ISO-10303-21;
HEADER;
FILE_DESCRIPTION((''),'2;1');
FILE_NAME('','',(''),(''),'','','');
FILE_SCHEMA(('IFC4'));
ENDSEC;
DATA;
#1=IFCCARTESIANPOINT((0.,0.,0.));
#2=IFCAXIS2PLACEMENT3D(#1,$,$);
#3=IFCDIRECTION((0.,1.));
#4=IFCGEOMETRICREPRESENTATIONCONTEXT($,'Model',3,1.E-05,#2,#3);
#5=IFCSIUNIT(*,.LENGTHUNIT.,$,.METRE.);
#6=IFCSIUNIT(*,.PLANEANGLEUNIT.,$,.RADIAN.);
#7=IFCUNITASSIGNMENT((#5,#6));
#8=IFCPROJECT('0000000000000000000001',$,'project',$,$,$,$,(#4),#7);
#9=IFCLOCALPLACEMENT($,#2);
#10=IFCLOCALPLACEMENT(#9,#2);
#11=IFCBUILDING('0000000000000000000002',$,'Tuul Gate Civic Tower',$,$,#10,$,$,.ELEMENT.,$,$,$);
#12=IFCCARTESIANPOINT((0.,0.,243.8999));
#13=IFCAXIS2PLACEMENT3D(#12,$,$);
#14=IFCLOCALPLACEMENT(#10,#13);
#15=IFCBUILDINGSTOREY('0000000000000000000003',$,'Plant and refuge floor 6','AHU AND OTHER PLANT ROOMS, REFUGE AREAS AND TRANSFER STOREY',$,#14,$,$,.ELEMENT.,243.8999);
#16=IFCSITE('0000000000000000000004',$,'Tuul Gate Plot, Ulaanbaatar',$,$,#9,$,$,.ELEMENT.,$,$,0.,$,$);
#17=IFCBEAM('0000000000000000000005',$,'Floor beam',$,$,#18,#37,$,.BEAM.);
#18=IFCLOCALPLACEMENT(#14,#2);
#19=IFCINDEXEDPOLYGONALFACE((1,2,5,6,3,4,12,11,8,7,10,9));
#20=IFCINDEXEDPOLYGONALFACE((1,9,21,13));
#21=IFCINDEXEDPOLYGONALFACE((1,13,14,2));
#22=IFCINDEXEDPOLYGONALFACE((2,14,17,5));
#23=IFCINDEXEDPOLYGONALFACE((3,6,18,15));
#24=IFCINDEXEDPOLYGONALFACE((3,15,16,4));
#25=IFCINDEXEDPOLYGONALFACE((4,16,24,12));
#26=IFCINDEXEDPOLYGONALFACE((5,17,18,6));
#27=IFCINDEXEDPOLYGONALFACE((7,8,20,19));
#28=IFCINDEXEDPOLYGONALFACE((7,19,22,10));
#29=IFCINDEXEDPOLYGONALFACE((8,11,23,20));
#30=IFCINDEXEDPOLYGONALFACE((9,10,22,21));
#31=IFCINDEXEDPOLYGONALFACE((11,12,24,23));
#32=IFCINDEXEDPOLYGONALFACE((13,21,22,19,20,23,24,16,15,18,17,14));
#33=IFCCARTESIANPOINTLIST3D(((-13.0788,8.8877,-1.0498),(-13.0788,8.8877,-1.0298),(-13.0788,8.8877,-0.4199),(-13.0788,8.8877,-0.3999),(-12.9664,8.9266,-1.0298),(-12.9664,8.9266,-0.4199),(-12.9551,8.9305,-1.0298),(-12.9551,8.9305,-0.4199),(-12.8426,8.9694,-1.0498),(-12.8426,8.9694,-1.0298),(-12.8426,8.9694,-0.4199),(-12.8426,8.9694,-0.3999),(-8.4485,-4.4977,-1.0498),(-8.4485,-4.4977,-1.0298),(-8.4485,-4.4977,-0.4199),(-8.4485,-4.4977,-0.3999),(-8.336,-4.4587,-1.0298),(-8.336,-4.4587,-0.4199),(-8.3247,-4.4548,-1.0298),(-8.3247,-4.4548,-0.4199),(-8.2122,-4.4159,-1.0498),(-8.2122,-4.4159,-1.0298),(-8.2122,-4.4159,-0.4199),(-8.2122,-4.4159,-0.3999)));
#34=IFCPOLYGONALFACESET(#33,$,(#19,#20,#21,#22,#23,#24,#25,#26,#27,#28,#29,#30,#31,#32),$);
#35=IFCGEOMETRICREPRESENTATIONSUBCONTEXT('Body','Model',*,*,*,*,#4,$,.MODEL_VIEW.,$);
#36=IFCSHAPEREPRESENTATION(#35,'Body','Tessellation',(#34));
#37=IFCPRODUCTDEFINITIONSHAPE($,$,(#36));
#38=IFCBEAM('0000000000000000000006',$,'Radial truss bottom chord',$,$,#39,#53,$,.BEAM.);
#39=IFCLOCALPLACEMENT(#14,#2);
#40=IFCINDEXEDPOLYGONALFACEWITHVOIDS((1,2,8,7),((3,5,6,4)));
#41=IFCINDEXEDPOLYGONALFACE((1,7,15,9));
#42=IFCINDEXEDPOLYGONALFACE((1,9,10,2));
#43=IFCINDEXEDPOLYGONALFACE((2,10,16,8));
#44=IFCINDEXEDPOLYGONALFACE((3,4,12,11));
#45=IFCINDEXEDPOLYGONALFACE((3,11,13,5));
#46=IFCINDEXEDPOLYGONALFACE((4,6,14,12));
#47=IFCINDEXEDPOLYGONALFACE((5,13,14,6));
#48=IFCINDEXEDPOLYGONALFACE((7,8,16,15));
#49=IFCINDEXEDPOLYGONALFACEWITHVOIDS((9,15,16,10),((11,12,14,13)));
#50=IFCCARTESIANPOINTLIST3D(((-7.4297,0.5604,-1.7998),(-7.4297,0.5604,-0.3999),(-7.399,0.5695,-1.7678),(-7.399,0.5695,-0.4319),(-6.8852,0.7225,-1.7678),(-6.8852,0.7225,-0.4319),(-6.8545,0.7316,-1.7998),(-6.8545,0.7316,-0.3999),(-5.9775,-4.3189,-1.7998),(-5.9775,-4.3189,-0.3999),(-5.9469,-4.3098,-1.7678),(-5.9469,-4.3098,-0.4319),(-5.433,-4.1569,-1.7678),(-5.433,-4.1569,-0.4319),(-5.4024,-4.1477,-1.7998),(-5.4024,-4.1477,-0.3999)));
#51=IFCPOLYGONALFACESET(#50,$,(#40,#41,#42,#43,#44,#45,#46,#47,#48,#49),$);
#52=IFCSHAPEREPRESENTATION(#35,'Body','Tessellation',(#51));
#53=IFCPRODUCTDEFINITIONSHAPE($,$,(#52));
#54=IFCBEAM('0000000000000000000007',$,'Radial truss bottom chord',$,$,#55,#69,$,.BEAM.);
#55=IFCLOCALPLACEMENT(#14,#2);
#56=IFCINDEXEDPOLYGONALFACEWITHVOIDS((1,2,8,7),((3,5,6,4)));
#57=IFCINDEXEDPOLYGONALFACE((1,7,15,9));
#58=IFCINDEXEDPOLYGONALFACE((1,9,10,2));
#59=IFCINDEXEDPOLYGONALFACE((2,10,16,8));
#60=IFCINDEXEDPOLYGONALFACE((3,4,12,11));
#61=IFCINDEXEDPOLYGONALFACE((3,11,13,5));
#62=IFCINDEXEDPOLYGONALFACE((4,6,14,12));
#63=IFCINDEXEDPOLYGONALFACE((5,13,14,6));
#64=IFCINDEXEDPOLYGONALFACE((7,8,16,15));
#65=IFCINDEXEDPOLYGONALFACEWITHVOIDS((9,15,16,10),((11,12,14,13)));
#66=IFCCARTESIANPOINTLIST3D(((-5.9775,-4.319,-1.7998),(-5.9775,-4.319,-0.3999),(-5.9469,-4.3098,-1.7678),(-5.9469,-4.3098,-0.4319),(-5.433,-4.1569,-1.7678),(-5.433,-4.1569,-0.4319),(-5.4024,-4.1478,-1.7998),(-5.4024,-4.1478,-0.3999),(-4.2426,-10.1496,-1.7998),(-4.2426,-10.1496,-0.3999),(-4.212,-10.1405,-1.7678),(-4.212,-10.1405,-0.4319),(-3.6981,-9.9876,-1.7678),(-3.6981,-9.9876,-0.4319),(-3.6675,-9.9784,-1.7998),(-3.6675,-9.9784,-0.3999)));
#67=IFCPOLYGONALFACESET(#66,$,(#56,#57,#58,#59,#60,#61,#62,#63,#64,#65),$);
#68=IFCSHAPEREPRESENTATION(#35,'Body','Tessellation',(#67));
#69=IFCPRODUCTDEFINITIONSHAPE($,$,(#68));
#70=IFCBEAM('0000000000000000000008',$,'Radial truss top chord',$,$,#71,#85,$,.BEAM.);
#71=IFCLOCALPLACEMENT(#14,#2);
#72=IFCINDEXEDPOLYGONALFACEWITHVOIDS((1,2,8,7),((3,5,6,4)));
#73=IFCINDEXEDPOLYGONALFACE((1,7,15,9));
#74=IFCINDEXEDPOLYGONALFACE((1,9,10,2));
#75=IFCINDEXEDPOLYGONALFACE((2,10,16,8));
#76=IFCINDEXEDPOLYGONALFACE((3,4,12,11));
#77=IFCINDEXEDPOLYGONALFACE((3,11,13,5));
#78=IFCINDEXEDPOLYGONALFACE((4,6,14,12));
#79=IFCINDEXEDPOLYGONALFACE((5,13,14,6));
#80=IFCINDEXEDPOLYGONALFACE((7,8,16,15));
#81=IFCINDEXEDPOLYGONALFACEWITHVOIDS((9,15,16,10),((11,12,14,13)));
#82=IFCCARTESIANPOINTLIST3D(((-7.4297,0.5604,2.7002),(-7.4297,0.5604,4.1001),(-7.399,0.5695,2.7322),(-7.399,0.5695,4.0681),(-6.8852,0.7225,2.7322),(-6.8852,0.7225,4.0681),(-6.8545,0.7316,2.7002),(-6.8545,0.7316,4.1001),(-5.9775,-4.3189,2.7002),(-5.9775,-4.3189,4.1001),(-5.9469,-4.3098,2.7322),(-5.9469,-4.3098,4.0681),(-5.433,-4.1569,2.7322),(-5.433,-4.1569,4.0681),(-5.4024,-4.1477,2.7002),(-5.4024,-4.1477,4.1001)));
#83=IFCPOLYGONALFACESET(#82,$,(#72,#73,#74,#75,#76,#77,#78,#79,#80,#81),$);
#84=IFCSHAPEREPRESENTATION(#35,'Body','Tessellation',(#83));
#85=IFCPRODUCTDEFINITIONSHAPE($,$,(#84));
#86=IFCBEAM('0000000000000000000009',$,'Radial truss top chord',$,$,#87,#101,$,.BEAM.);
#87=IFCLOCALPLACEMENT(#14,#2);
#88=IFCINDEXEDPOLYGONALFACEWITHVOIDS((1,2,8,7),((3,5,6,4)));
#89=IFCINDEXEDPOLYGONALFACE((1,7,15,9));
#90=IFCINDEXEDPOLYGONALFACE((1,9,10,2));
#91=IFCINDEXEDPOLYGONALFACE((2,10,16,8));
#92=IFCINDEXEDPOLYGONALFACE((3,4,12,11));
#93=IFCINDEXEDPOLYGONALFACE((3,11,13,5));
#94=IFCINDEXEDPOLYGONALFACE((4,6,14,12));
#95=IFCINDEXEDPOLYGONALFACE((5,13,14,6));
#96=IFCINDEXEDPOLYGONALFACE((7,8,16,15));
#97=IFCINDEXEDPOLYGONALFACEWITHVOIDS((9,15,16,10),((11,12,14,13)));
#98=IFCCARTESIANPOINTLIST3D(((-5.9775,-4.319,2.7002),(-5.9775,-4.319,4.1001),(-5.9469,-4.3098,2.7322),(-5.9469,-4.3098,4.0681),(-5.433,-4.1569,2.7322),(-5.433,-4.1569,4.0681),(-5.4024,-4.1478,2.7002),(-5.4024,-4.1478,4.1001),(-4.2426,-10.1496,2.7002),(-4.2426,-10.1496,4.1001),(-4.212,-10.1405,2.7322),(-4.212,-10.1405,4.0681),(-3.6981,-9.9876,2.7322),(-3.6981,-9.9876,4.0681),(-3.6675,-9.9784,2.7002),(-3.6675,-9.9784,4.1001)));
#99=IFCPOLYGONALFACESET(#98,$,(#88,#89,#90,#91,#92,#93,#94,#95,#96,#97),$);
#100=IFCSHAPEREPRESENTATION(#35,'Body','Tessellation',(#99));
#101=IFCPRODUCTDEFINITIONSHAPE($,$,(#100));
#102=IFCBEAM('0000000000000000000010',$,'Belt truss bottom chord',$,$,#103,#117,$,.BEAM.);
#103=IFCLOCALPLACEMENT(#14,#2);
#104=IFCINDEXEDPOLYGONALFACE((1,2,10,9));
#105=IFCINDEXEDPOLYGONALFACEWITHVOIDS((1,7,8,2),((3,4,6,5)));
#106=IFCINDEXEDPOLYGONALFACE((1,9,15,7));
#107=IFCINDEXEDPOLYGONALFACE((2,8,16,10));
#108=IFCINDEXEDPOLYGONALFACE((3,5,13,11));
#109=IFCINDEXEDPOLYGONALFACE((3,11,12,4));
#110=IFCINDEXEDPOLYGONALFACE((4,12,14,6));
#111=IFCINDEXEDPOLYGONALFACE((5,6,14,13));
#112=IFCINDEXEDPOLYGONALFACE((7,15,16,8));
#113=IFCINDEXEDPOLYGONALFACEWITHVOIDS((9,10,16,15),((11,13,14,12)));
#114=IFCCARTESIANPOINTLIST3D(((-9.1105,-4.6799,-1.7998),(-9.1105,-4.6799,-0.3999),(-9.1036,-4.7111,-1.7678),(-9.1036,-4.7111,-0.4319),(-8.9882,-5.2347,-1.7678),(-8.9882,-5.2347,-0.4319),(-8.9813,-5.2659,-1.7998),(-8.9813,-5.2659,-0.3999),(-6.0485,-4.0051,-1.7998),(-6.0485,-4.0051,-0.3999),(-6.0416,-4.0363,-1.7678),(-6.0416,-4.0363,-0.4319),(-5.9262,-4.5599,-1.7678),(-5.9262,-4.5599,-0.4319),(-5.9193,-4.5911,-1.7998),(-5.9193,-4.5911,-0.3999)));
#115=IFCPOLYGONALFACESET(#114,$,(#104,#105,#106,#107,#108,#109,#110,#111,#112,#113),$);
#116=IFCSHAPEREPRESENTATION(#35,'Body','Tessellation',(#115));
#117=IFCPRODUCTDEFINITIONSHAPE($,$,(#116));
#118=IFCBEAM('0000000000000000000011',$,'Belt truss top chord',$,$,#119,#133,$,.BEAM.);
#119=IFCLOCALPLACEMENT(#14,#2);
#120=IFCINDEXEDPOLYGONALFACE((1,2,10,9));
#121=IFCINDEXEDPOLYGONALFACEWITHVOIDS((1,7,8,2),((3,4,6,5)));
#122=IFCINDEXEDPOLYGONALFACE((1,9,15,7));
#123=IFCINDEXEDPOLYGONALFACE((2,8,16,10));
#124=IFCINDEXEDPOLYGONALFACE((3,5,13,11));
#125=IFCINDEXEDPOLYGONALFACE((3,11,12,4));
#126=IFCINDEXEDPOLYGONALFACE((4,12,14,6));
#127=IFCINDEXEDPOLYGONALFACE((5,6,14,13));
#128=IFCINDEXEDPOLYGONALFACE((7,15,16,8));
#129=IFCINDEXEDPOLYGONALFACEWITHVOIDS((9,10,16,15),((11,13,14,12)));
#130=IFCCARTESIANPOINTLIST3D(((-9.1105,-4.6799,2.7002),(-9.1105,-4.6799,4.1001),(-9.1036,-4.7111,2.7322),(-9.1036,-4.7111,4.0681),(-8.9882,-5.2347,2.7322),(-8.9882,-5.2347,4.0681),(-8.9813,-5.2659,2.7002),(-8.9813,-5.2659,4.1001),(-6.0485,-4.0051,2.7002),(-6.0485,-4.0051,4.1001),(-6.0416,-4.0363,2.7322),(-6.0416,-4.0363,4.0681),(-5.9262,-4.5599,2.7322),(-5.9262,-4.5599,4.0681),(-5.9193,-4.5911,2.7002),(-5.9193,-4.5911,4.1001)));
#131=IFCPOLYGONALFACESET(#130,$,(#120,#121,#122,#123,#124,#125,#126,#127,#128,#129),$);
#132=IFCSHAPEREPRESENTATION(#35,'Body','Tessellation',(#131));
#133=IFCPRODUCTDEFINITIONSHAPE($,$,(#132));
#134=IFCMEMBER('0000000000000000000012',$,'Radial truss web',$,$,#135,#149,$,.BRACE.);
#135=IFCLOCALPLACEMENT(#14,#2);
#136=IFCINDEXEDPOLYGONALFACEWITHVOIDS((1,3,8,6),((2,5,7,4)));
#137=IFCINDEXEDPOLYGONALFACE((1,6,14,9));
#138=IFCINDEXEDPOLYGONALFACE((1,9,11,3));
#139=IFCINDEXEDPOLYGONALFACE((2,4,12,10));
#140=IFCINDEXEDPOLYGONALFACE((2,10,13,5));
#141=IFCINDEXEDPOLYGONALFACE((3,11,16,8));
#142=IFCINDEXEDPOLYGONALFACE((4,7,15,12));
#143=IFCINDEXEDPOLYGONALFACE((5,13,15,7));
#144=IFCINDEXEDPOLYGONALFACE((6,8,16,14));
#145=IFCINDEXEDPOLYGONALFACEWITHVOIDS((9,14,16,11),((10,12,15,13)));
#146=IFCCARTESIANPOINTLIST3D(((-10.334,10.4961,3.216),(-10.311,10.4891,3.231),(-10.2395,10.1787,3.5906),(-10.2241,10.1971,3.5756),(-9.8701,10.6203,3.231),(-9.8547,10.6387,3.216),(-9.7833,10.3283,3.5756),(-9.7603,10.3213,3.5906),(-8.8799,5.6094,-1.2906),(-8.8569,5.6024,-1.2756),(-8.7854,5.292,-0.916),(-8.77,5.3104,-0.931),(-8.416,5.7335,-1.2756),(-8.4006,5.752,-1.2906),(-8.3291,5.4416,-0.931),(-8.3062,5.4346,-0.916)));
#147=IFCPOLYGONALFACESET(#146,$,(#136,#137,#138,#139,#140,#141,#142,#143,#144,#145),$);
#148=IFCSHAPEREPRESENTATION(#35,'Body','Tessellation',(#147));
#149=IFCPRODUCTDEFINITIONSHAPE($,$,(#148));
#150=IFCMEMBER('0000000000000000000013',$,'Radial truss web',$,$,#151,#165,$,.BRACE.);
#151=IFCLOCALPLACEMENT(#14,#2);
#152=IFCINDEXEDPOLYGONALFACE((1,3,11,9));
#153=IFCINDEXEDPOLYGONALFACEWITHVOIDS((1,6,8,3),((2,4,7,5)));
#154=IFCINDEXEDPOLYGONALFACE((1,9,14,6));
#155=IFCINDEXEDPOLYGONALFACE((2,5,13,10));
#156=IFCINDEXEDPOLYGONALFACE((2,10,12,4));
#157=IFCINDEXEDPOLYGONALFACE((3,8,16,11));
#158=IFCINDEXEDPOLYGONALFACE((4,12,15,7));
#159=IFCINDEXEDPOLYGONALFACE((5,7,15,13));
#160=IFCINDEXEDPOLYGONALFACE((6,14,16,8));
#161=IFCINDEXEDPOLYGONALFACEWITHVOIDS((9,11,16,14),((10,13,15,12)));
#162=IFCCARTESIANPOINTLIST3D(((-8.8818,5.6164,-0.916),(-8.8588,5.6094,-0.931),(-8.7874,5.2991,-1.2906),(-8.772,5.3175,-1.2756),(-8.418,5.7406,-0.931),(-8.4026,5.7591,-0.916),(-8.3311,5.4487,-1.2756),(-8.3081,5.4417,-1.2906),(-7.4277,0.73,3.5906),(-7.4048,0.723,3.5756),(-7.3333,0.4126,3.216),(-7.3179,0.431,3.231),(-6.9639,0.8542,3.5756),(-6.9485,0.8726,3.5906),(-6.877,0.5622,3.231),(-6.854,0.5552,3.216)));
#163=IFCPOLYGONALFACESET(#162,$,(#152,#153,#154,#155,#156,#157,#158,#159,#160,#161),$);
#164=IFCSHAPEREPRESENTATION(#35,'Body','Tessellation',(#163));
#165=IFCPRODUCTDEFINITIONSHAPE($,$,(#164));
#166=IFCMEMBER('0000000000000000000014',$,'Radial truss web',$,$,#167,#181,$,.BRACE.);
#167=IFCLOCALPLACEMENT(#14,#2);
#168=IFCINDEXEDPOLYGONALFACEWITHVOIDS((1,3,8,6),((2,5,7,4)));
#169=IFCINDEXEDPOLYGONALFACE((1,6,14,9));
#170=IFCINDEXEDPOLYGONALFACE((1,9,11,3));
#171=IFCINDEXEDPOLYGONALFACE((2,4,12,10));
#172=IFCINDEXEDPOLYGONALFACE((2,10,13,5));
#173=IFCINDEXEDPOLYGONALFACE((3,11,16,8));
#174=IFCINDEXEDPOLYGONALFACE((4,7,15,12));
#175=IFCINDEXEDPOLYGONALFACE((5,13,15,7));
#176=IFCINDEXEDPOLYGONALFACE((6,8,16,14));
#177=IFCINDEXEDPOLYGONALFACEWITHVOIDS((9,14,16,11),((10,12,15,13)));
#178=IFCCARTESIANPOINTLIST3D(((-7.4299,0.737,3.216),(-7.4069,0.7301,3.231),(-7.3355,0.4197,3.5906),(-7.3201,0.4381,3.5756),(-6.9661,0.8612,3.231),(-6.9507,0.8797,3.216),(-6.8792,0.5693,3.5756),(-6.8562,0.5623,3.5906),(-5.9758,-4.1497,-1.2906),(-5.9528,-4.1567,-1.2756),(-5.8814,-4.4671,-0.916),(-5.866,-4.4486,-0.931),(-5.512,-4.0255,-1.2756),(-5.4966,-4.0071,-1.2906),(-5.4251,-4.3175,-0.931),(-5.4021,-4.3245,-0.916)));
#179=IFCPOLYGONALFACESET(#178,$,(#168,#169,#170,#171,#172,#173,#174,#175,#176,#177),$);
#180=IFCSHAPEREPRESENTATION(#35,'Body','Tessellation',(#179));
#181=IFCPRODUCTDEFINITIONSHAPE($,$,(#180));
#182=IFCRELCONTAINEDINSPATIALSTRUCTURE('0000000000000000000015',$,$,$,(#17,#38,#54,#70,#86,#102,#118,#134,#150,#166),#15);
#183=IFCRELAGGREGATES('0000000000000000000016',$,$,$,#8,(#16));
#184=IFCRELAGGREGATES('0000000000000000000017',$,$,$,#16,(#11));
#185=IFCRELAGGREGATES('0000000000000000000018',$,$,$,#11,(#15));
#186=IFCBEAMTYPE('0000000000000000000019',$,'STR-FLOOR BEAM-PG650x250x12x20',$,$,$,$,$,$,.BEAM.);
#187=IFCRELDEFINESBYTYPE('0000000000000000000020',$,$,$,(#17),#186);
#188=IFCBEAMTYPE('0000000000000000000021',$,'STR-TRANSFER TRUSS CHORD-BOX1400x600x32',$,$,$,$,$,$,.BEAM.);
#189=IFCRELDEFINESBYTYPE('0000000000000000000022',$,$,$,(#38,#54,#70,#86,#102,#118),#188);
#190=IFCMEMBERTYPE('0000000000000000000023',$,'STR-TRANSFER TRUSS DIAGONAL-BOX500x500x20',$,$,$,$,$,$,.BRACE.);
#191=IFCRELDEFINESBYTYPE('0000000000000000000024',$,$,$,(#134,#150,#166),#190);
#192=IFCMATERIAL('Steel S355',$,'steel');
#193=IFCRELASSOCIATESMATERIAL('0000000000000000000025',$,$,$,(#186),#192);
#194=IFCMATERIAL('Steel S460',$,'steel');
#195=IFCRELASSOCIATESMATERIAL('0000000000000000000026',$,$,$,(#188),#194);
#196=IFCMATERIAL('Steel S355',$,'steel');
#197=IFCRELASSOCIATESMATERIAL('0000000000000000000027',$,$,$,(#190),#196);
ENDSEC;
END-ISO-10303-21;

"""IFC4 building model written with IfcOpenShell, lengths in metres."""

from ifc_helpers import new_model, si_unit, direction, frame, origin, origin_2d, place, context, subcontext, project, spatial, hollow_rectangle, i_section, extrude, material, material_profile, profile_set, type_object, element, save


model = new_model("IFC4")

# Units and contexts
model_context = context("Model", 3, precision=1e-05, world=origin(), true_north=direction((0.0, 1.0)))
body_context = subcontext(model_context, "Body", "Model", "MODEL_VIEW")
ifc_project = project(units=[si_unit("LENGTHUNIT", "METRE"), si_unit("PLANEANGLEUNIT", "RADIAN")], contexts=[model_context])

# Site, building, storey
site_placement = place(None, origin())
site = spatial("IfcSite", under=ifc_project, at=site_placement, Name="Tuul Gate Plot, Ulaanbaatar", CompositionType="ELEMENT", RefElevation=0.0)
building_placement = place(site_placement, origin())
building = spatial("IfcBuilding", under=site, at=building_placement, Name="Tuul Gate Civic Tower", CompositionType="ELEMENT")
storey_placement = place(building_placement, frame((0.0, 0.0, 243.8999)))
storey = spatial("IfcBuildingStorey", under=building, at=storey_placement, Name="Plant and refuge floor 6", Description="AHU AND OTHER PLANT ROOMS, REFUGE AREAS AND TRANSFER STOREY", CompositionType="ELEMENT", Elevation=243.8999)

# Beams
ifc_material_1 = material(Name="Steel S355", Category="steel")
ifc_material_profile_1 = material_profile(ifc_material_1, i_section(OverallWidth=0.25, OverallDepth=0.6499, WebThickness=0.012, FlangeThickness=0.02, at=origin_2d()), Name="PG650x250x12x20")
ifc_profile_set_1 = profile_set([ifc_material_profile_1], Name="Steel S355")
beam_type_1 = type_object("IfcBeamType", Name="STR-FLOOR BEAM-PG650x250x12x20", PredefinedType="BEAM", material=ifc_profile_set_1)
beam_1_placement = place(storey_placement, frame((-8.3303, -4.4568, -0.7249), z_axis=(-0.326922, 0.945051, 0.0), x_axis=(-0.945051, -0.326922, 0.0)))
element("IfcBeam", 1, at=beam_1_placement, inside=storey, type_object=beam_type_1, Name="Floor beam", PredefinedType="BEAM", context=body_context, shape_type="SweptSolid", body=[
    extrude(i_section(OverallWidth=0.25, OverallDepth=0.6499, WebThickness=0.012, FlangeThickness=0.02, at=origin_2d()), origin(), (0.0, 0.0, 1.0), 14.1636),
])
ifc_material_2 = material(Name="Steel S460", Category="steel")
ifc_material_profile_2 = material_profile(ifc_material_2, hollow_rectangle(XDim=0.6001, YDim=1.3999, WallThickness=0.032, at=origin_2d()), Name="BOX1400x600x32")
ifc_profile_set_2 = profile_set([ifc_material_profile_2], Name="Steel S460")
beam_type_2 = type_object("IfcBeamType", Name="STR-TRANSFER TRUSS CHORD-BOX1400x600x32", PredefinedType="BEAM", material=ifc_profile_set_2)
beam_2_placement = place(storey_placement, frame((-7.1421, 0.646, -1.0999), z_axis=(0.285244, -0.958455, 0.0), x_axis=(0.958455, 0.285244, 0.0)))
element("IfcBeam", 2, at=beam_2_placement, inside=storey, type_object=beam_type_2, Name="Radial truss bottom chord", PredefinedType="BEAM", context=body_context, shape_type="SweptSolid", body=[
    extrude(hollow_rectangle(XDim=0.6001, YDim=1.3999, WallThickness=0.032, at=origin_2d()), origin(), (0.0, 0.0, 1.0), 5.0908),
])
beam_3_placement = place(storey_placement, frame((-5.6899, -4.2334, -1.0999), z_axis=(0.28519, -0.958471, 0.0), x_axis=(0.958471, 0.28519, 0.0)))
element("IfcBeam", 3, at=beam_3_placement, inside=storey, type_object=beam_type_2, Name="Radial truss bottom chord", PredefinedType="BEAM", context=body_context, shape_type="SweptSolid", body=[
    extrude(hollow_rectangle(XDim=0.6001, YDim=1.3999, WallThickness=0.032, at=origin_2d()), origin(), (0.0, 0.0, 1.0), 6.0833),
])
beam_4_placement = place(storey_placement, frame((-7.1421, 0.646, 3.4001), z_axis=(0.285244, -0.958455, 0.0), x_axis=(0.958455, 0.285244, 0.0)))
element("IfcBeam", 4, at=beam_4_placement, inside=storey, type_object=beam_type_2, Name="Radial truss top chord", PredefinedType="BEAM", context=body_context, shape_type="SweptSolid", body=[
    extrude(hollow_rectangle(XDim=0.6001, YDim=1.3999, WallThickness=0.032, at=origin_2d()), origin(), (0.0, 0.0, 1.0), 5.0908),
])
beam_5_placement = place(storey_placement, frame((-5.6899, -4.2334, 3.4001), z_axis=(0.28519, -0.958471, 0.0), x_axis=(0.958471, 0.28519, 0.0)))
element("IfcBeam", 5, at=beam_5_placement, inside=storey, type_object=beam_type_2, Name="Radial truss top chord", PredefinedType="BEAM", context=body_context, shape_type="SweptSolid", body=[
    extrude(hollow_rectangle(XDim=0.6001, YDim=1.3999, WallThickness=0.032, at=origin_2d()), origin(), (0.0, 0.0, 1.0), 6.0833),
])
for number, where, z_axis, x_axis, name in (
    (6, (-9.0459, -4.9729, -1.0999), (0.976567, 0.215215, 0.0), (-0.215215, 0.976567, 0.0), "Belt truss bottom chord"),
    (7, (-9.0459, -4.9729, 3.4001), (0.976567, 0.215215, 0.0), (-0.215215, 0.976567, 0.0), "Belt truss top chord"),
):
    element("IfcBeam", number, at=place(storey_placement, frame(where, z_axis=z_axis, x_axis=x_axis)), inside=storey, type_object=beam_type_2, Name=name, PredefinedType="BEAM", context=body_context, shape_type="SweptSolid", body=[
        extrude(hollow_rectangle(XDim=0.6001, YDim=1.3999, WallThickness=0.032, at=origin_2d()), origin(), (0.0, 0.0, 1.0), 3.1355),
    ])

# Members
ifc_material_3 = material(Name="Steel S355", Category="steel")
ifc_material_profile_3 = material_profile(ifc_material_3, hollow_rectangle(XDim=0.5, YDim=0.5, WallThickness=0.02, at=origin_2d()), Name="BOX500x500x20")
ifc_profile_set_3 = profile_set([ifc_material_profile_3], Name="Steel S355")
member_type_1 = type_object("IfcMemberType", Name="STR-TRANSFER TRUSS DIAGONAL-BOX500x500x20", PredefinedType="BRACE", material=ifc_profile_set_3)
member_1_placement = place(storey_placement, frame((-8.593, 5.522, -1.1033), z_axis=(-0.213691, 0.71814, 0.662277), x_axis=(-0.958467, -0.285203, 0.0)))
element("IfcMember", 8, at=member_1_placement, inside=storey, type_object=member_type_1, Name="Radial truss web", PredefinedType="BRACE", context=body_context, shape_type="SweptSolid", body=[
    extrude(hollow_rectangle(XDim=0.5, YDim=0.5, WallThickness=0.02, at=origin_2d()), origin(), (0.0, 0.0, 1.0), 6.8047),
])
member_2_placement = place(storey_placement, frame((-8.595, 5.5291, -1.1033), z_axis=(0.213697, -0.718122, 0.662294), x_axis=(0.958463, 0.285216, 0.0)))
element("IfcMember", 9, at=member_2_placement, inside=storey, type_object=member_type_1, Name="Radial truss web", PredefinedType="BRACE", context=body_context, shape_type="SweptSolid", body=[
    extrude(hollow_rectangle(XDim=0.5, YDim=0.5, WallThickness=0.02, at=origin_2d()), origin(), (0.0, 0.0, 1.0), 6.8044),
])
member_3_placement = place(storey_placement, frame((-5.689, -4.2371, -1.1033), z_axis=(-0.213691, 0.71814, 0.662277), x_axis=(-0.958467, -0.285203, 0.0)))
element("IfcMember", 10, at=member_3_placement, inside=storey, type_object=member_type_1, Name="Radial truss web", PredefinedType="BRACE", context=body_context, shape_type="SweptSolid", body=[
    extrude(hollow_rectangle(XDim=0.5, YDim=0.5, WallThickness=0.02, at=origin_2d()), origin(), (0.0, 0.0, 1.0), 6.8047),
])

save(model, "model.ifc")
